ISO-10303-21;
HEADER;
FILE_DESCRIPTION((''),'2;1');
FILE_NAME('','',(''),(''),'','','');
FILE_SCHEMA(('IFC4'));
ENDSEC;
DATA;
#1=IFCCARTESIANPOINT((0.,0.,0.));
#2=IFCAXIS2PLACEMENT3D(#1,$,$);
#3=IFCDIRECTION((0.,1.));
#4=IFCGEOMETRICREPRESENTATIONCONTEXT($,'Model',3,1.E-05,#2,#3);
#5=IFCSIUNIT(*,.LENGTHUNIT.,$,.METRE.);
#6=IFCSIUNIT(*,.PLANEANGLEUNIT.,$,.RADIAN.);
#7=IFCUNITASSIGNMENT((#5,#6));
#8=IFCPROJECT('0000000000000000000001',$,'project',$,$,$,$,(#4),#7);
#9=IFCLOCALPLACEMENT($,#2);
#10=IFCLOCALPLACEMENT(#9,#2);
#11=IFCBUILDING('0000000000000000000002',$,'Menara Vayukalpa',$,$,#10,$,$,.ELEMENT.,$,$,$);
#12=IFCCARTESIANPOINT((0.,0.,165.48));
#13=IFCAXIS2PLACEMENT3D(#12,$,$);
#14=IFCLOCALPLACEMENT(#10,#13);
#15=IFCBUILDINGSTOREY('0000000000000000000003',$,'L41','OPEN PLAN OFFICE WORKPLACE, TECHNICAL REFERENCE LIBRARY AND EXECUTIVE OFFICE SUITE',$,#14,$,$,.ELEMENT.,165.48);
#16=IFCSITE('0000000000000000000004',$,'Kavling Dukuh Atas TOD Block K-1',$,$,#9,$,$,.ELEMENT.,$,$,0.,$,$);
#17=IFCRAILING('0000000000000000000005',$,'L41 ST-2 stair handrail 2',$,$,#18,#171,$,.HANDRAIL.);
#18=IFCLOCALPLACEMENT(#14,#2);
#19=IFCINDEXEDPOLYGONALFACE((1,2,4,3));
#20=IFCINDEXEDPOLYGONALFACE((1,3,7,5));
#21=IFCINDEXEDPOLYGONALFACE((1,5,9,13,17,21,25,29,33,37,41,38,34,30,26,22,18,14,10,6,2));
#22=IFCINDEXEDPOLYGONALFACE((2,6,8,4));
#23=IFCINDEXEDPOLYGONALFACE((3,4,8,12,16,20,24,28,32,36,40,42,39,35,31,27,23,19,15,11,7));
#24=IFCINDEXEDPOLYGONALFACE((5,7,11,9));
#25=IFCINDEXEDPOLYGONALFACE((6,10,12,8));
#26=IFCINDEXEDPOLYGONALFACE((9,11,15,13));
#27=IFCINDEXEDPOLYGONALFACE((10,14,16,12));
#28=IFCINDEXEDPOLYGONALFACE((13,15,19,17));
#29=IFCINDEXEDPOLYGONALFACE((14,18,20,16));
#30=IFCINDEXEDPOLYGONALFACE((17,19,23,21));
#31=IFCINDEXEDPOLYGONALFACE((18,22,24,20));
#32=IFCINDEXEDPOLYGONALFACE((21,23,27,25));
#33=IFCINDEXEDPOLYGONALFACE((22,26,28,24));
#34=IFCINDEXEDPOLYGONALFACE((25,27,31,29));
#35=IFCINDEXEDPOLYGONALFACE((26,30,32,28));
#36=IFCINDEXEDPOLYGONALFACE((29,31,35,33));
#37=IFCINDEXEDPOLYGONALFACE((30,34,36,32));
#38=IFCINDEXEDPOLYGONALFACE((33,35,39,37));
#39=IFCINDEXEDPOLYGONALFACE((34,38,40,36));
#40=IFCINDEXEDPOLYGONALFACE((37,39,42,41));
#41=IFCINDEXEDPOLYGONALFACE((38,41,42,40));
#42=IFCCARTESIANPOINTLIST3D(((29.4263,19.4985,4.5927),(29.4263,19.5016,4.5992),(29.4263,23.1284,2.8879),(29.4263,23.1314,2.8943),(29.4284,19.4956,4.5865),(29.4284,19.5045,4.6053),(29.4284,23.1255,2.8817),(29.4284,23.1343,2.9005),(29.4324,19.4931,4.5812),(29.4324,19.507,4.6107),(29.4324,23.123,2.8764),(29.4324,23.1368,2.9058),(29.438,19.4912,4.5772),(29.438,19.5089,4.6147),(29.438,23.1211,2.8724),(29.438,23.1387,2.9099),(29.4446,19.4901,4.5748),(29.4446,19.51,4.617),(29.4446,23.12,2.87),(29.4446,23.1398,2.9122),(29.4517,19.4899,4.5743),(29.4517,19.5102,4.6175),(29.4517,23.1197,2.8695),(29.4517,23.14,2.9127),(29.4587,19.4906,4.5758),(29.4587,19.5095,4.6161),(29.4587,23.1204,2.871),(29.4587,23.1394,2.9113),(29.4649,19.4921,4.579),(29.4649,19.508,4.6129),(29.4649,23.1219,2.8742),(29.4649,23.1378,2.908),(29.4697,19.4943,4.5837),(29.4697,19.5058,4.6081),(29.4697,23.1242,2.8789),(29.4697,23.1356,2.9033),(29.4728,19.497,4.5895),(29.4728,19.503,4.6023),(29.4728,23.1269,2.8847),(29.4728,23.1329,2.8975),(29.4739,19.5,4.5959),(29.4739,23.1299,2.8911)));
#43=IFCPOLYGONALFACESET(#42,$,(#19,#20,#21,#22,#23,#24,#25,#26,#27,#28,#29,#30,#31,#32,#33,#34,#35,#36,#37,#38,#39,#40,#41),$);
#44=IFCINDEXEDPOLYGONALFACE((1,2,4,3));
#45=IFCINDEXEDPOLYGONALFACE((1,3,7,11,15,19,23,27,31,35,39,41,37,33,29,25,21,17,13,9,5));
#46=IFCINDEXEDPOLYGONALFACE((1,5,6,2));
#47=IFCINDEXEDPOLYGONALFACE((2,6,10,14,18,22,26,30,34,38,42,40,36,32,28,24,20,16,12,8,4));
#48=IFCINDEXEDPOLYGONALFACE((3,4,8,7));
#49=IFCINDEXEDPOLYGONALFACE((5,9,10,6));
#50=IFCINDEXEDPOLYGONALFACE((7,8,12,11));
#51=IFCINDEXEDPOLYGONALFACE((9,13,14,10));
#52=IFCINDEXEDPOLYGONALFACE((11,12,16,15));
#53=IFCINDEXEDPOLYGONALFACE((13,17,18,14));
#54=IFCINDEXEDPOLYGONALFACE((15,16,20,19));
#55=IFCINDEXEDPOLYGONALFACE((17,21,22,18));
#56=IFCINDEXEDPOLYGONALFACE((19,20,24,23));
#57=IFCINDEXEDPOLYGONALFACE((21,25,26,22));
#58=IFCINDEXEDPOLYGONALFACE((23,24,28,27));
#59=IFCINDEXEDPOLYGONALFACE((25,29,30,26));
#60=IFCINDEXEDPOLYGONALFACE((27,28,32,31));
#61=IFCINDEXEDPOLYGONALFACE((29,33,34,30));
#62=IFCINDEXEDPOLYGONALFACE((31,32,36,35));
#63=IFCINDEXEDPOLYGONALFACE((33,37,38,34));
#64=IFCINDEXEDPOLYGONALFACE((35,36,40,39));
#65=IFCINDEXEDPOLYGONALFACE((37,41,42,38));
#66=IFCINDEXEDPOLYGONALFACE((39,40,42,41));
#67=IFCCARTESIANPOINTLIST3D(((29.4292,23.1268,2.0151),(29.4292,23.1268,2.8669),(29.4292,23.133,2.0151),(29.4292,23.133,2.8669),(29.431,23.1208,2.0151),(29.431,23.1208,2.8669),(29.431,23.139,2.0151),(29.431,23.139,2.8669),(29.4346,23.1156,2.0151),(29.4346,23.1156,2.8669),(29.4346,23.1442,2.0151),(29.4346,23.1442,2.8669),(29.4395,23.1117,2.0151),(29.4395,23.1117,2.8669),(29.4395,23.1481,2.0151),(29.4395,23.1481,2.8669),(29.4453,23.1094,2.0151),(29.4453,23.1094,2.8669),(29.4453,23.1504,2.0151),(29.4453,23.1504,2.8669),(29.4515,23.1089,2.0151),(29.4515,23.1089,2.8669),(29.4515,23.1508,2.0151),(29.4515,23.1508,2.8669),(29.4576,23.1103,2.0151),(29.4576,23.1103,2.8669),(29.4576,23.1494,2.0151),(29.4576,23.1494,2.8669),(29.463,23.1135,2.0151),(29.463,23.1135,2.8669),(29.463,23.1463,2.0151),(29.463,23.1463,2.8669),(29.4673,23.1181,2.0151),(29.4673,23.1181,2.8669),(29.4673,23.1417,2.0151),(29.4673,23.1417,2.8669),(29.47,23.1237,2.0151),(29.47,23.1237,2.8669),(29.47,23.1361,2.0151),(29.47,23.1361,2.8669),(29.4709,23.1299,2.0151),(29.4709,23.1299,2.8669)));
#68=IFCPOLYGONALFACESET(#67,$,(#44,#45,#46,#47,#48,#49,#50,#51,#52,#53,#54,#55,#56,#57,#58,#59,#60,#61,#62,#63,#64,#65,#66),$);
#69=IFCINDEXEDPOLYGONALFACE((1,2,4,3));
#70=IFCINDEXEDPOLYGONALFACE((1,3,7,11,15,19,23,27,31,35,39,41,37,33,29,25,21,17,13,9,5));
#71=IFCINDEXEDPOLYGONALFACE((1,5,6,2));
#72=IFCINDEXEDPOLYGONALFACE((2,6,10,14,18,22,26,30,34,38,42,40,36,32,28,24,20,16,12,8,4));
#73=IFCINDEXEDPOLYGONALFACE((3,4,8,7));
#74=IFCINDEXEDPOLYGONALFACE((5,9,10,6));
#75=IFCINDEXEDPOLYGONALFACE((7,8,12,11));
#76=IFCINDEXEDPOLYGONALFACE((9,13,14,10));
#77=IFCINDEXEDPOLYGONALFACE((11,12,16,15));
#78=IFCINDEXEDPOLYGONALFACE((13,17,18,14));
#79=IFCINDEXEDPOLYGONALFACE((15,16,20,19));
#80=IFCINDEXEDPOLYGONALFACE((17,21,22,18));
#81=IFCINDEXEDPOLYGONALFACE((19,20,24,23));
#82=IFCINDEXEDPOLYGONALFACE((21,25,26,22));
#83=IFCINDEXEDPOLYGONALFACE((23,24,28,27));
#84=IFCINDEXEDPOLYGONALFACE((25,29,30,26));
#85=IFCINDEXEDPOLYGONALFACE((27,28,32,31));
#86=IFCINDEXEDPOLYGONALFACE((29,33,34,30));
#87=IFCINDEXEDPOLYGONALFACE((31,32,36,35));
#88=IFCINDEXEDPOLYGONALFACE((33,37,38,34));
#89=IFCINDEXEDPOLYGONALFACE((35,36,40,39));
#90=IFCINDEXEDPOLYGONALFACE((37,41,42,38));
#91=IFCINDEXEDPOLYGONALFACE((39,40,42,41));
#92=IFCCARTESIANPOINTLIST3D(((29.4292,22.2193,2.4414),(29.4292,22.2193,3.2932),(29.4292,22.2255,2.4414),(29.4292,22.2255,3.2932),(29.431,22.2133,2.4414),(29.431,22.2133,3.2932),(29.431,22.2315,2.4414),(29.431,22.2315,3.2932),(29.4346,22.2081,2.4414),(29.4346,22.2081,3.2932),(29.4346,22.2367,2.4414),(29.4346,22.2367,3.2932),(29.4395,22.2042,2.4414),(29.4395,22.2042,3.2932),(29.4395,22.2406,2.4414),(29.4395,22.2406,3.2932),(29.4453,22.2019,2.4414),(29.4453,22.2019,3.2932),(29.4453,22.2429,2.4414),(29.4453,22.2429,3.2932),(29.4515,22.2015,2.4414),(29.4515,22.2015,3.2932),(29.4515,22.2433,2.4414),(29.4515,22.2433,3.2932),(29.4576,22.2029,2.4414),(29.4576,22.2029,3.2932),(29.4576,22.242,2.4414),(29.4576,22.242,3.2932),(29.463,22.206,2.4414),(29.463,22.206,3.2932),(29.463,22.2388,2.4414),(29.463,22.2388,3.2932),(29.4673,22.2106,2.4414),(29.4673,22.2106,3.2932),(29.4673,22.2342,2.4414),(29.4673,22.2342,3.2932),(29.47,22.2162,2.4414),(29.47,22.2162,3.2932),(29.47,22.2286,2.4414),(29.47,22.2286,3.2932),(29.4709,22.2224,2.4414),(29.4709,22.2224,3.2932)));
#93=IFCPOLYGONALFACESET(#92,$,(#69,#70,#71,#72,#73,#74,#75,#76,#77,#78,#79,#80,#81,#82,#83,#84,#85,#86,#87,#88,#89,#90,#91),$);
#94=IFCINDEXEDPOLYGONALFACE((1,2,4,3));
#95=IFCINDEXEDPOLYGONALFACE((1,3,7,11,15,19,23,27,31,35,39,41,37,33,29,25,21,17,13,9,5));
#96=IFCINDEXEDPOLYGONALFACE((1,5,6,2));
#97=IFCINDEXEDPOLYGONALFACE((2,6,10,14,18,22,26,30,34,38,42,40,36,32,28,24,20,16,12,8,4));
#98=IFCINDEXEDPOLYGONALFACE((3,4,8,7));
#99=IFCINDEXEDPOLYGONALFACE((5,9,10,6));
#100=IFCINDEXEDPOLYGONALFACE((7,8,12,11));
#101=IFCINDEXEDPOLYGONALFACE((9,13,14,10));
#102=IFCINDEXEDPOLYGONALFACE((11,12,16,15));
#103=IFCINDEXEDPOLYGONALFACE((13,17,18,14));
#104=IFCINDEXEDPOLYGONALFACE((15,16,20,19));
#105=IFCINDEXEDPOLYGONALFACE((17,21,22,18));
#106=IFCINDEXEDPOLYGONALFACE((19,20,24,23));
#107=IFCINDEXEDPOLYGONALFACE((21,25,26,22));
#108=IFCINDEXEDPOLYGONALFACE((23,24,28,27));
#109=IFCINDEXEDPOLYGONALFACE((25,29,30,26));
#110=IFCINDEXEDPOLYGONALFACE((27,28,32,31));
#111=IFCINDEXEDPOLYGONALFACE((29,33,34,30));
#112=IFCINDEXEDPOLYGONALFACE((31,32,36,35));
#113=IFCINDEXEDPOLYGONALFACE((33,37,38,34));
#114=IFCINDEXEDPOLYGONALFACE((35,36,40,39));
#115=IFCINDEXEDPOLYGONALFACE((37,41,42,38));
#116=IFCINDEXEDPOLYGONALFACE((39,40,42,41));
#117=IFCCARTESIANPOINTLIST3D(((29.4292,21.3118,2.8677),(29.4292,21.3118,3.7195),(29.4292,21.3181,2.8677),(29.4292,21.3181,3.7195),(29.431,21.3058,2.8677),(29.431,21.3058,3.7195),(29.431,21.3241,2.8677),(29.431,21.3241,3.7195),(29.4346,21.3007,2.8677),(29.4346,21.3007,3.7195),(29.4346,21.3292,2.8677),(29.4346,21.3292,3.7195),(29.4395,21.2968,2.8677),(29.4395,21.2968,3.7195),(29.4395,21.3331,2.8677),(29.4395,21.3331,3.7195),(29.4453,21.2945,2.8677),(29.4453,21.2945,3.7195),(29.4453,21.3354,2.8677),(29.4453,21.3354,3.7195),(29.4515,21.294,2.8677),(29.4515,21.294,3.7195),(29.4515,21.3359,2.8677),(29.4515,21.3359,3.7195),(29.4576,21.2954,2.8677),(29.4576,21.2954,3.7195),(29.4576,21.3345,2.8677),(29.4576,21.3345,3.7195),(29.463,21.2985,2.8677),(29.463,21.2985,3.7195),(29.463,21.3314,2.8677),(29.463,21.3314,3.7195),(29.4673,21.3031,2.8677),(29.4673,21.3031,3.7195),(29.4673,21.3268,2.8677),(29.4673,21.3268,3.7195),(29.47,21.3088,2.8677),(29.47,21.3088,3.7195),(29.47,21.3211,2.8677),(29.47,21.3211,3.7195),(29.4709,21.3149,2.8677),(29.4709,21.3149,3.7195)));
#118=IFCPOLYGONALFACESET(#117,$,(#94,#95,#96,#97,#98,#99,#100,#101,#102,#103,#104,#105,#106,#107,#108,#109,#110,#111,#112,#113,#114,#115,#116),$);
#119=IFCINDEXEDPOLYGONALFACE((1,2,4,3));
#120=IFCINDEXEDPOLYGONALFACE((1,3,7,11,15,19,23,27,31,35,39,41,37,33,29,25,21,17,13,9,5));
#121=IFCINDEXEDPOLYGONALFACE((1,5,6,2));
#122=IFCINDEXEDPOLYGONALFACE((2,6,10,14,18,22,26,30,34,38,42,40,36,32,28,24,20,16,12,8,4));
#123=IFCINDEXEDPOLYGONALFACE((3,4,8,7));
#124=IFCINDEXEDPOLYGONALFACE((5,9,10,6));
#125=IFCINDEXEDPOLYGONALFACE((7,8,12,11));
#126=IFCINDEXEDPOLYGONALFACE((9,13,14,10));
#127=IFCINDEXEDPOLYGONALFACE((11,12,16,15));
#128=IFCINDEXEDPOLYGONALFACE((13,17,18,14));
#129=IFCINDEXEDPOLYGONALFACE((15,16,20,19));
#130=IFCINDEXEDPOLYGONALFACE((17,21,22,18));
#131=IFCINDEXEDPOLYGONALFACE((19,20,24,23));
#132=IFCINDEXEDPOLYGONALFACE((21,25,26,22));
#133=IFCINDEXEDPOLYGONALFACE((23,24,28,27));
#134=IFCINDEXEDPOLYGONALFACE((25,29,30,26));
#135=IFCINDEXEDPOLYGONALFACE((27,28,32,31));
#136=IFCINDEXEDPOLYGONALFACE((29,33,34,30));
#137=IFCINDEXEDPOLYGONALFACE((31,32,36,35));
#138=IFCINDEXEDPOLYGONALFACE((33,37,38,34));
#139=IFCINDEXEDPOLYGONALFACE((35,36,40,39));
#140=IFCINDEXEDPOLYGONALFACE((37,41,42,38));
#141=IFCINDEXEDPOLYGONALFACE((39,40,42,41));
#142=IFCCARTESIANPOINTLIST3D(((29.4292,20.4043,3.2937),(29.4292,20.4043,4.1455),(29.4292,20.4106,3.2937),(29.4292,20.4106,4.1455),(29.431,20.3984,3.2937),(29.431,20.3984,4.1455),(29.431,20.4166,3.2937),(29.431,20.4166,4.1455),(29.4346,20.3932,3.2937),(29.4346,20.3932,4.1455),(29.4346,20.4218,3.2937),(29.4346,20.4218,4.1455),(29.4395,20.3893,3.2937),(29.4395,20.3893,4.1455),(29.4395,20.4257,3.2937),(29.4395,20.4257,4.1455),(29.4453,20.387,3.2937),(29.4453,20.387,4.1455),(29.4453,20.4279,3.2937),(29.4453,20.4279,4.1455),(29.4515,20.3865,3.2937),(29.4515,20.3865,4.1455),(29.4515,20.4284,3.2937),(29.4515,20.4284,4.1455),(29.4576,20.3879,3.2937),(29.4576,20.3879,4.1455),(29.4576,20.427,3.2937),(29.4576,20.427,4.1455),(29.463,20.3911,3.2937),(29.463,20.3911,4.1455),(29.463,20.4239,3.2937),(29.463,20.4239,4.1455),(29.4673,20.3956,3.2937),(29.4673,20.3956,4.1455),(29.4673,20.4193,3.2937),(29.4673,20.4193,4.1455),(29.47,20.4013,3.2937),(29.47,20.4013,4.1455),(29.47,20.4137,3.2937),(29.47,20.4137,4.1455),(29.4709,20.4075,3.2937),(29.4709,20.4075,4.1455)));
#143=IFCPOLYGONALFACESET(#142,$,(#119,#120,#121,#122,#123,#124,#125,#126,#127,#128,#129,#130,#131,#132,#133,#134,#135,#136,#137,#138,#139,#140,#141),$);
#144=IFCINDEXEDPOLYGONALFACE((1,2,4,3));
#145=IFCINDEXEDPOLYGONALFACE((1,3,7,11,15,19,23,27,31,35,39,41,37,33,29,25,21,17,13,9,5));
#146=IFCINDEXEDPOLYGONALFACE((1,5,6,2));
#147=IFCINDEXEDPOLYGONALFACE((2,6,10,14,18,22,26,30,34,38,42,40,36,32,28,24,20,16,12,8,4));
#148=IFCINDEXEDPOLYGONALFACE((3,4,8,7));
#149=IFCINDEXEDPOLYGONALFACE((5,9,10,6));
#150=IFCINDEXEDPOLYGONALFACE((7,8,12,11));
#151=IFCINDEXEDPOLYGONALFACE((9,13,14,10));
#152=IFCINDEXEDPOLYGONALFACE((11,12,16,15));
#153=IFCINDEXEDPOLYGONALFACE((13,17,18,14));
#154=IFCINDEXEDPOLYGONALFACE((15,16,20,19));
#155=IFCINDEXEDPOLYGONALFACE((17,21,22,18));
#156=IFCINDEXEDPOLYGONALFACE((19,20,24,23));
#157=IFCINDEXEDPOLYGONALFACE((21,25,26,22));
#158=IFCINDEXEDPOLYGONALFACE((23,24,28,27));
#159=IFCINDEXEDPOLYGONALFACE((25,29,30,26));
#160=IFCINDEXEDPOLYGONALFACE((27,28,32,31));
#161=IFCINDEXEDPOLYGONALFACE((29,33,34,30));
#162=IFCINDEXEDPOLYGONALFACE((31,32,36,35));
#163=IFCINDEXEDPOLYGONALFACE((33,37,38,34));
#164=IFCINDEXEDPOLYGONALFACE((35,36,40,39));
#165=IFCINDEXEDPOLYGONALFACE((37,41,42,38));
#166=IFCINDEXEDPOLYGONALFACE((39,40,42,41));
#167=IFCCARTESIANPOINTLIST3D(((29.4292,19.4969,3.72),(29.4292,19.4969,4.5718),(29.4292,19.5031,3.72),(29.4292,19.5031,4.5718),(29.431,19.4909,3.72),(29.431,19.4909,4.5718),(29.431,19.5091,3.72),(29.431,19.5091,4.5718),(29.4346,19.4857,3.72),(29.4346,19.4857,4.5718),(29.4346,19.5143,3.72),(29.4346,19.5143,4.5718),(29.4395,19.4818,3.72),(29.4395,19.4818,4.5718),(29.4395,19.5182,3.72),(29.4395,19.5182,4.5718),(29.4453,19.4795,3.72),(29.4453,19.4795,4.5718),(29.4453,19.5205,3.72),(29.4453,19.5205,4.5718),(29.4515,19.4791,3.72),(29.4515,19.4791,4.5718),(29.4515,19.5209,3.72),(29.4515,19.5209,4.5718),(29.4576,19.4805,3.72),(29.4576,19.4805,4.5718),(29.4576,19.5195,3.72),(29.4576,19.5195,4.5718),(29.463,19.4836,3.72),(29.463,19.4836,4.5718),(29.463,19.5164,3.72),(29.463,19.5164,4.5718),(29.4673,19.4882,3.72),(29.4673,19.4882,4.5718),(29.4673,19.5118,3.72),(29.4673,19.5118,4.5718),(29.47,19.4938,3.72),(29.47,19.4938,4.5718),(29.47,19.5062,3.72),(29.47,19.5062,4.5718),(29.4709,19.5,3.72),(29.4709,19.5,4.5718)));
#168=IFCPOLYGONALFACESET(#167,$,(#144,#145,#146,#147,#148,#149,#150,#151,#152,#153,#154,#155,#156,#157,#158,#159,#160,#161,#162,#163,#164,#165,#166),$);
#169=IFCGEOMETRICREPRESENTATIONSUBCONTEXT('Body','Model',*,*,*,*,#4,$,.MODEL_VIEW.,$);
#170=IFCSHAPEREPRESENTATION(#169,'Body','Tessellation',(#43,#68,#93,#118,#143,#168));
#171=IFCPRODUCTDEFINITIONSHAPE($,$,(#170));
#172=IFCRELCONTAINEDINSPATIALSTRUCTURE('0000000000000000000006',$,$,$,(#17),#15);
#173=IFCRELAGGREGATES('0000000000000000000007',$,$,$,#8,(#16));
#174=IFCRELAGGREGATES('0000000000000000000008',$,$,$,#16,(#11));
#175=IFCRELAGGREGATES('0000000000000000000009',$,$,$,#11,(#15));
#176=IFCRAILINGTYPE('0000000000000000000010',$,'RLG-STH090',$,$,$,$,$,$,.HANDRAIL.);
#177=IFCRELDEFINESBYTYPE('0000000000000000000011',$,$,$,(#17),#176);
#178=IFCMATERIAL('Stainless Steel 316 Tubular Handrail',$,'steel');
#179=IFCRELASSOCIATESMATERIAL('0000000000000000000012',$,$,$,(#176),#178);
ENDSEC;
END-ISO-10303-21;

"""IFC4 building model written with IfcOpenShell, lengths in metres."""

from ifc_helpers import new_model, si_unit, direction, frame, origin, origin_2d, place, context, subcontext, project, spatial, circle, extrude, material, type_object, element, save


model = new_model("IFC4")

# Units and contexts
model_context = context("Model", 3, precision=1e-05, world=origin(), true_north=direction((0.0, 1.0)))
body_context = subcontext(model_context, "Body", "Model", "MODEL_VIEW")
ifc_project = project(units=[si_unit("LENGTHUNIT", "METRE"), si_unit("PLANEANGLEUNIT", "RADIAN")], contexts=[model_context])

# Site, building, storey
site_placement = place(None, origin())
site = spatial("IfcSite", under=ifc_project, at=site_placement, Name="Kavling Dukuh Atas TOD Block K-1", CompositionType="ELEMENT", RefElevation=0.0)
building_placement = place(site_placement, origin())
building = spatial("IfcBuilding", under=site, at=building_placement, Name="Menara Vayukalpa", CompositionType="ELEMENT")
storey_placement = place(building_placement, frame((0.0, 0.0, 165.48)))
storey = spatial("IfcBuildingStorey", under=building, at=storey_placement, Name="L41", Description="OPEN PLAN OFFICE WORKPLACE, TECHNICAL REFERENCE LIBRARY AND EXECUTIVE OFFICE SUITE", CompositionType="ELEMENT", Elevation=165.48)

# Railing
ifc_material_1 = material(Name="Stainless Steel 316 Tubular Handrail", Category="steel")
railing_type_1 = type_object("IfcRailingType", Name="RLG-STH090", PredefinedType="HANDRAIL", material=ifc_material_1)
railing_1_placement = place(storey_placement, frame((29.45, 23.1299, 2.0151)))
element("IfcRailing", 1, at=railing_1_placement, inside=storey, type_object=railing_type_1, Name="L41 ST-2 stair handrail 2", PredefinedType="HANDRAIL", context=body_context, shape_type="SweptSolid", body=[
    extrude(circle(Radius=0.0239, at=origin_2d()), frame((0.0, 0.0, 0.876), z_axis=(0.0, -0.90514, 0.425114), x_axis=(1.0, 0.0, 0.0)), (0.0, 0.0, 1.0), 4.0103),
    extrude(circle(Radius=0.021, at=origin_2d()), origin(), (0.0, 0.0, 1.0), 0.8518),
    extrude(circle(Radius=0.021, at=origin_2d()), frame((0.0, -0.9075, 0.4263)), (0.0, 0.0, 1.0), 0.8518),
    extrude(circle(Radius=0.021, at=origin_2d()), frame((0.0, -1.8149, 0.8525)), (0.0, 0.0, 1.0), 0.8518),
    extrude(circle(Radius=0.021, at=origin_2d()), frame((0.0, -2.7224, 1.2786)), (0.0, 0.0, 1.0), 0.8518),
    extrude(circle(Radius=0.021, at=origin_2d()), frame((0.0, -3.6299, 1.7048)), (0.0, 0.0, 1.0), 0.8518),
])

save(model, "model.ifc")
